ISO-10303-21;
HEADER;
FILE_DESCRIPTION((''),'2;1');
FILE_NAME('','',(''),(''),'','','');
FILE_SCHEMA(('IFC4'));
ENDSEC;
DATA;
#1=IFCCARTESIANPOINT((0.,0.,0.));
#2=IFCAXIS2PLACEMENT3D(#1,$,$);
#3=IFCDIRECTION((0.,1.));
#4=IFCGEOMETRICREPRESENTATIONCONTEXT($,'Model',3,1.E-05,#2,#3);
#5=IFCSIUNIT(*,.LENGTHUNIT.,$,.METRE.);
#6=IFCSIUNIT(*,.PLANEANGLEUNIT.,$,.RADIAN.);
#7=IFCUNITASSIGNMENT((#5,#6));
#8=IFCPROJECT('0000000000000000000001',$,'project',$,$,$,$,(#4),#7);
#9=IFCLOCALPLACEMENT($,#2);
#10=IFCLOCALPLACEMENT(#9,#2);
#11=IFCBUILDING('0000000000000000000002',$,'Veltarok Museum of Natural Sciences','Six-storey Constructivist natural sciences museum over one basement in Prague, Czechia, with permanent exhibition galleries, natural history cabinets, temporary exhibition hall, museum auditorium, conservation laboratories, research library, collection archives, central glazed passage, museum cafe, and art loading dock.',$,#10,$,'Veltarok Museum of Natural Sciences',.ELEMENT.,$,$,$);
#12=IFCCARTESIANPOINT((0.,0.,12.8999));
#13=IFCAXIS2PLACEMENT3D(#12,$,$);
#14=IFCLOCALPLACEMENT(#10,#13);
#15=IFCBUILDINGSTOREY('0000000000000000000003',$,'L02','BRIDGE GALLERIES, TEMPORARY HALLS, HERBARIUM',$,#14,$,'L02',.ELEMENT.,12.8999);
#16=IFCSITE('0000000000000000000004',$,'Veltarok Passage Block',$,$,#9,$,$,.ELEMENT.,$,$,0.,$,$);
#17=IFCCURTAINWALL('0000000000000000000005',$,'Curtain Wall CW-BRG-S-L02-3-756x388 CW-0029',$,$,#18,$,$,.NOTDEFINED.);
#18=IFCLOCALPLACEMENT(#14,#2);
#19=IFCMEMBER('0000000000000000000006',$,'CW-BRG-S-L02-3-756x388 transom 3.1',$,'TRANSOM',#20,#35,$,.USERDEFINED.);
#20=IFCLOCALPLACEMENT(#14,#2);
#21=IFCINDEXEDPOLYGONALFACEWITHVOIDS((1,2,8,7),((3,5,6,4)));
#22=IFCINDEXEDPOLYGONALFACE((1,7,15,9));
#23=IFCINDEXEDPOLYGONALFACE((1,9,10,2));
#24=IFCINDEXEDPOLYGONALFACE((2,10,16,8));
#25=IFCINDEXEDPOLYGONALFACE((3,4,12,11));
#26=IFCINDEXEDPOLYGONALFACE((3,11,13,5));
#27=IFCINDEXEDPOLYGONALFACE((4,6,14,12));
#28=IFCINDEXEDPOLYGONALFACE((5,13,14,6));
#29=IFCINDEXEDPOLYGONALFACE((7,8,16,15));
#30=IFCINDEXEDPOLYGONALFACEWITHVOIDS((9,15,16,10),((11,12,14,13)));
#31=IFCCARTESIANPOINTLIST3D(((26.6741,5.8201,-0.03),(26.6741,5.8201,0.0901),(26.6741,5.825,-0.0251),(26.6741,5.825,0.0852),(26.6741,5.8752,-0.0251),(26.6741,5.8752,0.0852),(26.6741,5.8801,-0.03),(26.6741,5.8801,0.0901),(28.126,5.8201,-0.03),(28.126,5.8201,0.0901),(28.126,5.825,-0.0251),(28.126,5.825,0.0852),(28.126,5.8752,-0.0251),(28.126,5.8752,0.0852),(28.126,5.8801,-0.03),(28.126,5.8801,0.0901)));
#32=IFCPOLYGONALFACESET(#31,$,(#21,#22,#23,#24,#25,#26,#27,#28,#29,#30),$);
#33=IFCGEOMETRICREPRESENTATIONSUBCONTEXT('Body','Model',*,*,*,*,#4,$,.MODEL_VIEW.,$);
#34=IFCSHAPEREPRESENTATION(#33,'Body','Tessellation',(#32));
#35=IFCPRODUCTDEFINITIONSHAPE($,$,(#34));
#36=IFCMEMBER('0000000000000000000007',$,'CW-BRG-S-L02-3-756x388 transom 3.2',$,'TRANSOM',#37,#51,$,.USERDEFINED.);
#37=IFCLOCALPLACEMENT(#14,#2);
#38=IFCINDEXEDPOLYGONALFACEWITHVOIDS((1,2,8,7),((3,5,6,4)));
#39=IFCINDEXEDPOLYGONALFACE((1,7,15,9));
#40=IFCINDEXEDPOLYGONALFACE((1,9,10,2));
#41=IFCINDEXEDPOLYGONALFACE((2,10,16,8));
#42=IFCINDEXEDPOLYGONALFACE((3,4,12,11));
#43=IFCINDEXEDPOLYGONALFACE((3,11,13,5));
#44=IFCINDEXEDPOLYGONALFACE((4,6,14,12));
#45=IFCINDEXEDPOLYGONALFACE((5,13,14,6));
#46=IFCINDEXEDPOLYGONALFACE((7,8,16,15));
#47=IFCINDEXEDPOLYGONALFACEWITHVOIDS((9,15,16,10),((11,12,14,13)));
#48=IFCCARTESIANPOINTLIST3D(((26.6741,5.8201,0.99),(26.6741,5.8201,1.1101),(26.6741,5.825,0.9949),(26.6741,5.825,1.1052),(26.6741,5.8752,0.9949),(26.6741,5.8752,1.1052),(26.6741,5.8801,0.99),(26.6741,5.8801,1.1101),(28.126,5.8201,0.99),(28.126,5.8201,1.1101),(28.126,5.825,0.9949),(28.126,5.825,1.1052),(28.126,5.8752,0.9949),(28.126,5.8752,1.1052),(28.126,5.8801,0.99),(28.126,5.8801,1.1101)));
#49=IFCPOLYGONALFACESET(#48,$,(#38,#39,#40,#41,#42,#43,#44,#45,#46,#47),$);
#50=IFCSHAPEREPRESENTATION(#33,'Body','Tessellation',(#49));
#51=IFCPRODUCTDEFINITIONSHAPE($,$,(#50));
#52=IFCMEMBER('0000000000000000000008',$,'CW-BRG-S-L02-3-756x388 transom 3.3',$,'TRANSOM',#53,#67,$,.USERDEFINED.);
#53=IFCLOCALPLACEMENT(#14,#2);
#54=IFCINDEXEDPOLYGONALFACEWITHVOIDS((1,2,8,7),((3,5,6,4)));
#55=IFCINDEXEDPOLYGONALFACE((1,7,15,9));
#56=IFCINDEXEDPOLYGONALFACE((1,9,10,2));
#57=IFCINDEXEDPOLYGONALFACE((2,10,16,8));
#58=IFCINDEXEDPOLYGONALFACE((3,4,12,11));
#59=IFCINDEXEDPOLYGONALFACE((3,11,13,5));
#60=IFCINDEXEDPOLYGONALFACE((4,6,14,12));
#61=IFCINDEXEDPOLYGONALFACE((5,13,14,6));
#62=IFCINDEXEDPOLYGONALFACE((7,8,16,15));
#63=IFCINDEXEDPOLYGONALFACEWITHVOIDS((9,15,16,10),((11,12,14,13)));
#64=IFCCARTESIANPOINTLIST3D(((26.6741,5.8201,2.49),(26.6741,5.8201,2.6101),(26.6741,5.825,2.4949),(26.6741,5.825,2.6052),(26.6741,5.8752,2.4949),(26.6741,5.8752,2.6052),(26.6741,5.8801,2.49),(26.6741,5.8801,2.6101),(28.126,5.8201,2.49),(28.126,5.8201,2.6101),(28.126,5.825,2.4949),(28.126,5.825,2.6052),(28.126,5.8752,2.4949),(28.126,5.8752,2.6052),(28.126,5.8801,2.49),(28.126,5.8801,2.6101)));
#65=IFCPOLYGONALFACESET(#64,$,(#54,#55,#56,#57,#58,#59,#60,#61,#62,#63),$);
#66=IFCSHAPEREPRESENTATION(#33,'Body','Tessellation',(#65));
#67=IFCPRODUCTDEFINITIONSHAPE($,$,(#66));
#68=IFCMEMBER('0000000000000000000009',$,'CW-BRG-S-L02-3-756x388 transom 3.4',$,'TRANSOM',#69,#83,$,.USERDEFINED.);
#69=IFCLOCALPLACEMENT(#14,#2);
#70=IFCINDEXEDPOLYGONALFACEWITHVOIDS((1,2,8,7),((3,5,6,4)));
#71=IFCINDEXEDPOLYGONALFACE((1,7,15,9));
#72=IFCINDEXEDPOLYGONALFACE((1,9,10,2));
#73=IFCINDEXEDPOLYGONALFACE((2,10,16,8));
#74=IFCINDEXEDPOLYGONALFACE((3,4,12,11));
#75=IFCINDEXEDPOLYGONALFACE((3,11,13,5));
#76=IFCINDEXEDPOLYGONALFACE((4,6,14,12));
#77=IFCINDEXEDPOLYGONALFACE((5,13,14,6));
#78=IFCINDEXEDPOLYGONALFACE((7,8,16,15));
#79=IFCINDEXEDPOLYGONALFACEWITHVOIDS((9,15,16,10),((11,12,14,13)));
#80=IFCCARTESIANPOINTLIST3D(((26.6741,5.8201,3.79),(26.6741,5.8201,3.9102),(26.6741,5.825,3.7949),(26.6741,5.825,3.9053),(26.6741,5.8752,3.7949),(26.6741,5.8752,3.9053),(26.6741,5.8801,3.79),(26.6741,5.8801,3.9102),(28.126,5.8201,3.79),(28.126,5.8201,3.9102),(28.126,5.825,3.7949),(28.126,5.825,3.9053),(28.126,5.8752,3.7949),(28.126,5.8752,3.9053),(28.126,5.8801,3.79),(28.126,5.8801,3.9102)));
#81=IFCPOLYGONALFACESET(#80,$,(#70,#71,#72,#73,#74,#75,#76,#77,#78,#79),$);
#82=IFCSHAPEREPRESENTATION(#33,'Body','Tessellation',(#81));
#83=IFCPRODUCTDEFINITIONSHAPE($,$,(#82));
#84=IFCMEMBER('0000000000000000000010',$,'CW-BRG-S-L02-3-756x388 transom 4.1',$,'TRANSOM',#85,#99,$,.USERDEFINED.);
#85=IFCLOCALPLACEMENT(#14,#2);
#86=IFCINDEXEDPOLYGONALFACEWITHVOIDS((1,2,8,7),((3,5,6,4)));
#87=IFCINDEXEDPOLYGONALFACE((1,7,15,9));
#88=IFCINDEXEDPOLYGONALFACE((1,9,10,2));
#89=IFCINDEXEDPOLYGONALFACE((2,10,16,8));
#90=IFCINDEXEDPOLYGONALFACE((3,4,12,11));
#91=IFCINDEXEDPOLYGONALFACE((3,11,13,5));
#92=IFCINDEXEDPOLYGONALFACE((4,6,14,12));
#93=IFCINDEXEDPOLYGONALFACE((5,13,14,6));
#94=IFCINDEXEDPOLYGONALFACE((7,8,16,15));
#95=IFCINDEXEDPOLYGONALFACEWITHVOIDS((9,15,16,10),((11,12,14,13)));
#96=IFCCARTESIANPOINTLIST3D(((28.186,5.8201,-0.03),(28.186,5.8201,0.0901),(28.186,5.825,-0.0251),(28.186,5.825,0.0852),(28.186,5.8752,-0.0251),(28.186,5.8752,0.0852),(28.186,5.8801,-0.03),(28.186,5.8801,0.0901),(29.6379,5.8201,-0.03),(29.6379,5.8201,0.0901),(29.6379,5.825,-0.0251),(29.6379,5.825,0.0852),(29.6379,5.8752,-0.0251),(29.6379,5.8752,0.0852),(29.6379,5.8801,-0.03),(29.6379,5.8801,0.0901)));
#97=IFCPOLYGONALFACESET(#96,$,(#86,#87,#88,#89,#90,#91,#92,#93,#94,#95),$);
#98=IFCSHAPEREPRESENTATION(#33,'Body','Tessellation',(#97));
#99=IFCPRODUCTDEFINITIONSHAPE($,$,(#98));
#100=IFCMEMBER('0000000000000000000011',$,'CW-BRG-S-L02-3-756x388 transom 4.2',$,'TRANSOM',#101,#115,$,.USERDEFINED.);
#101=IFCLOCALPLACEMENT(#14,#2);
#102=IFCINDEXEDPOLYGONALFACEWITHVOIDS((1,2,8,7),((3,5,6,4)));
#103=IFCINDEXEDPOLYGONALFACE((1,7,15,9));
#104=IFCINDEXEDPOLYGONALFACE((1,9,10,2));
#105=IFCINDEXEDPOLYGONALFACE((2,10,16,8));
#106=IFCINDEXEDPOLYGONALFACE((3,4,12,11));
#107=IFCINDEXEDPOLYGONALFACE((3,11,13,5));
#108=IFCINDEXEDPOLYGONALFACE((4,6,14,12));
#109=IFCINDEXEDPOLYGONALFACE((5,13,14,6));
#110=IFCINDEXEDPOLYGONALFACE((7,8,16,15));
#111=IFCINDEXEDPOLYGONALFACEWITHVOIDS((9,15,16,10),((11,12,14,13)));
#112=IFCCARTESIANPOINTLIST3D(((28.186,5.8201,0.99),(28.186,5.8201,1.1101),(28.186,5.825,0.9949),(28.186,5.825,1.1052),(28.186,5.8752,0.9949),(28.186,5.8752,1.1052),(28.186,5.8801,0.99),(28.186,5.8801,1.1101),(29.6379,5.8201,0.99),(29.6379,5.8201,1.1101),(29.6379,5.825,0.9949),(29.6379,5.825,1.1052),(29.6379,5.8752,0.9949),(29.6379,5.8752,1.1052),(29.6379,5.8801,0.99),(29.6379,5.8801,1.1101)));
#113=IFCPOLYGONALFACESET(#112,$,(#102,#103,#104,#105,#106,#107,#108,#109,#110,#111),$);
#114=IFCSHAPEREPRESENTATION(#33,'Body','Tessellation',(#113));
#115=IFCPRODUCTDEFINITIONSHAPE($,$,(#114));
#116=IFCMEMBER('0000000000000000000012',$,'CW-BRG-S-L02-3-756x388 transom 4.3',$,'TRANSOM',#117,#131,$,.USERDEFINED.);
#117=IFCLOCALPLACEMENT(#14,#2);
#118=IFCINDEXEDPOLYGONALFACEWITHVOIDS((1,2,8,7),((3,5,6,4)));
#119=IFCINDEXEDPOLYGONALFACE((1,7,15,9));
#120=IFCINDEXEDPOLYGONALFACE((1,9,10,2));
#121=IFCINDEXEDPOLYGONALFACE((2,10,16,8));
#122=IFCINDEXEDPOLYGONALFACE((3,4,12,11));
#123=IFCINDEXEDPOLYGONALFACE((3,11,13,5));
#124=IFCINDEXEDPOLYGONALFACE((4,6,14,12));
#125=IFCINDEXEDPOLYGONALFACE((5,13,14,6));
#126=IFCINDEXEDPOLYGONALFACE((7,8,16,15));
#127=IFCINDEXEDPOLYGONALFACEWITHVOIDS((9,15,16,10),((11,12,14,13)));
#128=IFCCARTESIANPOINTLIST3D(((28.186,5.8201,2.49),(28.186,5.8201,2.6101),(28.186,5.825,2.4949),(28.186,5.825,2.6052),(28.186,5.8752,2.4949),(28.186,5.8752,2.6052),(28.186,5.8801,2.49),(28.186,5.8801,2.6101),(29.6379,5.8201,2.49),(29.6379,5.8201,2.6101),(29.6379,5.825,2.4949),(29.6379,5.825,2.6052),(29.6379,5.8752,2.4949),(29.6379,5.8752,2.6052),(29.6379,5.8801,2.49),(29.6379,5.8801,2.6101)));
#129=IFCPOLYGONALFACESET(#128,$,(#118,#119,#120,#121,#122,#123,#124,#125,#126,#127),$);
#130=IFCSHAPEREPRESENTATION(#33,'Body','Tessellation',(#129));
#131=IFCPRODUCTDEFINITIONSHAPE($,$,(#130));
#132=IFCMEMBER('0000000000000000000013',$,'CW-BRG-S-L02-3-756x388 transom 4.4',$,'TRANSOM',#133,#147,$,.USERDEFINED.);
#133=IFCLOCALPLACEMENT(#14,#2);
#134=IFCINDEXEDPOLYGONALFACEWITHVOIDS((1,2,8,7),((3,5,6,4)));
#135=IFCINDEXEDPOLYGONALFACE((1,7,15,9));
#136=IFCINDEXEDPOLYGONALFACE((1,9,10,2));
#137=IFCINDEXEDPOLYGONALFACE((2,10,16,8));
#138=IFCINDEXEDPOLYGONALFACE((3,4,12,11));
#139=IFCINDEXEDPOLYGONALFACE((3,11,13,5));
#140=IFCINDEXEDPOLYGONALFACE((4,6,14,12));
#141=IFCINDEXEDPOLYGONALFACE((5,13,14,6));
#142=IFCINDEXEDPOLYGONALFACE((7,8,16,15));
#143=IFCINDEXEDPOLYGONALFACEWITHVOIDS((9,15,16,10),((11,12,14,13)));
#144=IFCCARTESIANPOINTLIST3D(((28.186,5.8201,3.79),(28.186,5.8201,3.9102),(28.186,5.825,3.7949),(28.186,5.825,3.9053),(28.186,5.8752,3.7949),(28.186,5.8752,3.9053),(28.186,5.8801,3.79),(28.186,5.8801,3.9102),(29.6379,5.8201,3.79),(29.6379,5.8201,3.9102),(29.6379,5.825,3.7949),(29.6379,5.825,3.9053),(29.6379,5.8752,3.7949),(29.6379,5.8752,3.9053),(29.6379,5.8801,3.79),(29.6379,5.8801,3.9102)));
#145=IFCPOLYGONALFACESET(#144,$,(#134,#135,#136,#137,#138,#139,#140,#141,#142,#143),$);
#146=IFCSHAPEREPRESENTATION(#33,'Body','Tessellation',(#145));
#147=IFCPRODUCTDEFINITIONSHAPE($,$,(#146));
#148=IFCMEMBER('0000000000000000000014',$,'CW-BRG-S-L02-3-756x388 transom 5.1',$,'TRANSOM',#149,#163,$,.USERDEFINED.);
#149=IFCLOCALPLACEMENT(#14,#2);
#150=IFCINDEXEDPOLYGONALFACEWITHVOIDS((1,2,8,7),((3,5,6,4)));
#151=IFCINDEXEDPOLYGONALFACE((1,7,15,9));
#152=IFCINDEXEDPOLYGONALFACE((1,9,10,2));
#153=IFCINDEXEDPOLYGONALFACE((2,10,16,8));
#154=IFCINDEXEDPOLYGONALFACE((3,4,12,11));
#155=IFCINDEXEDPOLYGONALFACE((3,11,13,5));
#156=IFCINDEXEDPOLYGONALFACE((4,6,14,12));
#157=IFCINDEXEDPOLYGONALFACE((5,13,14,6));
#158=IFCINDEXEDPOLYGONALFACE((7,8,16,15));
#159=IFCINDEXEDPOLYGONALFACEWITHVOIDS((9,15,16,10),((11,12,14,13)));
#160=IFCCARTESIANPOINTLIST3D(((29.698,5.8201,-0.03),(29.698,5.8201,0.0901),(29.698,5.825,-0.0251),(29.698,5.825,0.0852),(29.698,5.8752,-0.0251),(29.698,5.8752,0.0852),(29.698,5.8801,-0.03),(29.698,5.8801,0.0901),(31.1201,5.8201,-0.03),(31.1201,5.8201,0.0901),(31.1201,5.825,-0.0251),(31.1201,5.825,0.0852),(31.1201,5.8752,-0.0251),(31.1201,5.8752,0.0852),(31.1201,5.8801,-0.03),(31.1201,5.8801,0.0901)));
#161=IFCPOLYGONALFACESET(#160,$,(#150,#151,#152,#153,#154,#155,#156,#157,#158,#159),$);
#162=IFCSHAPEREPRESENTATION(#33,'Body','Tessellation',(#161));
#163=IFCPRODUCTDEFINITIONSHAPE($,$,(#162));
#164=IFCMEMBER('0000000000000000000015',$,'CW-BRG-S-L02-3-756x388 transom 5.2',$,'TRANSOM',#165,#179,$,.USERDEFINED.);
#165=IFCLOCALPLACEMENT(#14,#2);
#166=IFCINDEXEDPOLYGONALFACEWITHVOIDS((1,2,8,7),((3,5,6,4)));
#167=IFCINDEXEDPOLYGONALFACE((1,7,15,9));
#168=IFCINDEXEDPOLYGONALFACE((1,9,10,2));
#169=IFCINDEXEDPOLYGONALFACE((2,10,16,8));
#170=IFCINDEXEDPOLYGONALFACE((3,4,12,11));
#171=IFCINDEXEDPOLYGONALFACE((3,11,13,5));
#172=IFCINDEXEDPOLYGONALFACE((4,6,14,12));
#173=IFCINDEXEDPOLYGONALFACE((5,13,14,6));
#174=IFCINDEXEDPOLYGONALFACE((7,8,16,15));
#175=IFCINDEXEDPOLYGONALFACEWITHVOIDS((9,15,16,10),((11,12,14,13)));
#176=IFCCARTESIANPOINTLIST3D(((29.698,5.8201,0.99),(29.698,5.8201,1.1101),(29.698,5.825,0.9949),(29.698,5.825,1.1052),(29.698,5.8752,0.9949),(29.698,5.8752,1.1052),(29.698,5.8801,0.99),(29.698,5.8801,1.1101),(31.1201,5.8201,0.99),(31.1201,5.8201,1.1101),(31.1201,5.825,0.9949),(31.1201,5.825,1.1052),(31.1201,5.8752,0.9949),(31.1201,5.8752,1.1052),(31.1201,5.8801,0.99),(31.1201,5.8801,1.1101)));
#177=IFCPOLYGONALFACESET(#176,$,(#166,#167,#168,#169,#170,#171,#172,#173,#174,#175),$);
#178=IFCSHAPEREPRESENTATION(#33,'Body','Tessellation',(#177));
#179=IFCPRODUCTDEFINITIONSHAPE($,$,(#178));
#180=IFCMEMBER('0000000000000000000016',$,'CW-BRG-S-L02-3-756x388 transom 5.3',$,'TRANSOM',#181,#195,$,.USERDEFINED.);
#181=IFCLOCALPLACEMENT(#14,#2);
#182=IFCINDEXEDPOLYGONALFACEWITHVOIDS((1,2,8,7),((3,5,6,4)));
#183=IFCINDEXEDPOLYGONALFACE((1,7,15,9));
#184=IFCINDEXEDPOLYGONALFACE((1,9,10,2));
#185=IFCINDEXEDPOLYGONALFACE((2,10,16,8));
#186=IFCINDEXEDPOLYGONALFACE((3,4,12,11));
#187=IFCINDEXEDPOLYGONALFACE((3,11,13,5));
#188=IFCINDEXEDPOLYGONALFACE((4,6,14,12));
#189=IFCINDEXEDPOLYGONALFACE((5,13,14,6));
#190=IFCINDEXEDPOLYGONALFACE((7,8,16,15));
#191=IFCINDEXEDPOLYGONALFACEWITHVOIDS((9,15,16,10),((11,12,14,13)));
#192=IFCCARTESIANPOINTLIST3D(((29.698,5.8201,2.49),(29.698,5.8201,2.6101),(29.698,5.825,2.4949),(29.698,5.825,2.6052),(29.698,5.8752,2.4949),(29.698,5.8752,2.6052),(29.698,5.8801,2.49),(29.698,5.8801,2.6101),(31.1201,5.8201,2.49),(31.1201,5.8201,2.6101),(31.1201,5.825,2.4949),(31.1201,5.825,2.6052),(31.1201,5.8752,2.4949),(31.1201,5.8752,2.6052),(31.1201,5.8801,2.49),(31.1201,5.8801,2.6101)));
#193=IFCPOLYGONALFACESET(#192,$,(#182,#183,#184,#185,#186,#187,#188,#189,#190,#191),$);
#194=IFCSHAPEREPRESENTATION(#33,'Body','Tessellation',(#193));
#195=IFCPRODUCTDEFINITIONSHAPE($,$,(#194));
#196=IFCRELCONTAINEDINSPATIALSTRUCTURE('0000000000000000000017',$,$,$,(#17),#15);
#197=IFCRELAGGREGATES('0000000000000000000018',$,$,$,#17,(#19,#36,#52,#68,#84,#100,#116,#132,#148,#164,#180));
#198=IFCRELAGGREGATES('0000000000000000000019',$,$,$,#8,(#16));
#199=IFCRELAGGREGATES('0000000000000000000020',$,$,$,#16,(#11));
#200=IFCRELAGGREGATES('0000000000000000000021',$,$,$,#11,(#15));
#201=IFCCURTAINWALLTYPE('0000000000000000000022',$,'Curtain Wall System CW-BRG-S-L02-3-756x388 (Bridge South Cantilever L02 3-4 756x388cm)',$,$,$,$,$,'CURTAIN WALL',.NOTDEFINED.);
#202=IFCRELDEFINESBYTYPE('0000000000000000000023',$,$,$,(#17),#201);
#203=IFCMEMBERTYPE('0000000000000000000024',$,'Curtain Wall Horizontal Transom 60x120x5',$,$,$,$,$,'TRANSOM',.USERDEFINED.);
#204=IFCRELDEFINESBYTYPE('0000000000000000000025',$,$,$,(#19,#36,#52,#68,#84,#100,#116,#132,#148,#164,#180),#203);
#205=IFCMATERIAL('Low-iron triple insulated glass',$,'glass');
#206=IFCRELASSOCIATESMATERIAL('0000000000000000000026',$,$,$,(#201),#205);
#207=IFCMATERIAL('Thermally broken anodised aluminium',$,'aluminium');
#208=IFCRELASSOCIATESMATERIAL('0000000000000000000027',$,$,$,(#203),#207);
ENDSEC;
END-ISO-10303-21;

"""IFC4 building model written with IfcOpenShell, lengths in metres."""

from ifc_helpers import new_model, si_unit, direction, frame, origin, origin_2d, place, context, subcontext, project, spatial, hollow_rectangle, extrude, material, material_profile, profile_set, type_object, element, aggregate, save


model = new_model("IFC4")

# Units and contexts
model_context = context("Model", 3, precision=1e-05, world=origin(), true_north=direction((0.0, 1.0)))
body_context = subcontext(model_context, "Body", "Model", "MODEL_VIEW")
ifc_project = project(units=[si_unit("LENGTHUNIT", "METRE"), si_unit("PLANEANGLEUNIT", "RADIAN")], contexts=[model_context])

# Site, building, storey
site_placement = place(None, origin())
site = spatial("IfcSite", under=ifc_project, at=site_placement, Name="Veltarok Passage Block", CompositionType="ELEMENT", RefElevation=0.0)
building_placement = place(site_placement, origin())
building = spatial("IfcBuilding", under=site, at=building_placement, Name="Veltarok Museum of Natural Sciences", Description="Six-storey Constructivist natural sciences museum over one basement in Prague, Czechia, with permanent exhibition galleries, natural history cabinets, temporary exhibition hall, museum auditorium, conservation laboratories, research library, collection archives, central glazed passage, museum cafe, and art loading dock.", LongName="Veltarok Museum of Natural Sciences", CompositionType="ELEMENT")
storey_placement = place(building_placement, frame((0.0, 0.0, 12.8999)))
storey = spatial("IfcBuildingStorey", under=building, at=storey_placement, Name="L02", Description="BRIDGE GALLERIES, TEMPORARY HALLS, HERBARIUM", LongName="L02", CompositionType="ELEMENT", Elevation=12.8999)

# Curtain wall, members
ifc_material_1 = material(Name="Low-iron triple insulated glass", Category="glass")
curtain_wall_type_1 = type_object("IfcCurtainWallType", Name="Curtain Wall System CW-BRG-S-L02-3-756x388 (Bridge South Cantilever L02 3-4 756x388cm)", ElementType="CURTAIN WALL", PredefinedType="NOTDEFINED", material=ifc_material_1)
curtain_wall_1_placement = place(storey_placement, origin())
curtain_wall_1 = element("IfcCurtainWall", 1, at=curtain_wall_1_placement, inside=storey, type_object=curtain_wall_type_1, Name="Curtain Wall CW-BRG-S-L02-3-756x388 CW-0029", PredefinedType="NOTDEFINED")
ifc_material_2 = material(Name="Thermally broken anodised aluminium", Category="aluminium")
ifc_material_profile_1 = material_profile(ifc_material_2, hollow_rectangle(XDim=0.0601, YDim=0.1201, WallThickness=0.0049, at=origin_2d()), Name="CW TRANSOM 60x120x5")
ifc_profile_set_1 = profile_set([ifc_material_profile_1], Name="Thermally broken anodised aluminium")
member_type_1 = type_object("IfcMemberType", Name="Curtain Wall Horizontal Transom 60x120x5", ElementType="TRANSOM", PredefinedType="USERDEFINED", material=ifc_profile_set_1)
member_1_placement = place(storey_placement, frame((26.6741, 5.8501, 0.03), z_axis=(1.0, 0.0, 0.0), x_axis=(0.0, 1.0, 0.0)))
member_1 = element("IfcMember", 2, at=member_1_placement, type_object=member_type_1, Name="CW-BRG-S-L02-3-756x388 transom 3.1", ObjectType="TRANSOM", PredefinedType="USERDEFINED", context=body_context, shape_type="SweptSolid", body=[
    extrude(hollow_rectangle(XDim=0.0601, YDim=0.1201, WallThickness=0.0049, at=origin_2d()), origin(), (0.0, 0.0, 1.0), 1.4519),
])
member_2_placement = place(storey_placement, frame((26.6741, 5.8501, 1.05), z_axis=(1.0, 0.0, 0.0), x_axis=(0.0, 1.0, 0.0)))
member_2 = element("IfcMember", 3, at=member_2_placement, type_object=member_type_1, Name="CW-BRG-S-L02-3-756x388 transom 3.2", ObjectType="TRANSOM", PredefinedType="USERDEFINED", context=body_context, shape_type="SweptSolid", body=[
    extrude(hollow_rectangle(XDim=0.0601, YDim=0.1201, WallThickness=0.0049, at=origin_2d()), origin(), (0.0, 0.0, 1.0), 1.4519),
])
member_3_placement = place(storey_placement, frame((26.6741, 5.8501, 2.55), z_axis=(1.0, 0.0, 0.0), x_axis=(0.0, 1.0, 0.0)))
member_3 = element("IfcMember", 4, at=member_3_placement, type_object=member_type_1, Name="CW-BRG-S-L02-3-756x388 transom 3.3", ObjectType="TRANSOM", PredefinedType="USERDEFINED", context=body_context, shape_type="SweptSolid", body=[
    extrude(hollow_rectangle(XDim=0.0601, YDim=0.1201, WallThickness=0.0049, at=origin_2d()), origin(), (0.0, 0.0, 1.0), 1.4519),
])
member_4_placement = place(storey_placement, frame((26.6741, 5.8501, 3.8501), z_axis=(1.0, 0.0, 0.0), x_axis=(0.0, 1.0, 0.0)))
member_4 = element("IfcMember", 5, at=member_4_placement, type_object=member_type_1, Name="CW-BRG-S-L02-3-756x388 transom 3.4", ObjectType="TRANSOM", PredefinedType="USERDEFINED", context=body_context, shape_type="SweptSolid", body=[
    extrude(hollow_rectangle(XDim=0.0601, YDim=0.1201, WallThickness=0.0049, at=origin_2d()), origin(), (0.0, 0.0, 1.0), 1.4519),
])
member_5_placement = place(storey_placement, frame((28.186, 5.8501, 0.03), z_axis=(1.0, 0.0, 0.0), x_axis=(0.0, 1.0, 0.0)))
member_5 = element("IfcMember", 6, at=member_5_placement, type_object=member_type_1, Name="CW-BRG-S-L02-3-756x388 transom 4.1", ObjectType="TRANSOM", PredefinedType="USERDEFINED", context=body_context, shape_type="SweptSolid", body=[
    extrude(hollow_rectangle(XDim=0.0601, YDim=0.1201, WallThickness=0.0049, at=origin_2d()), origin(), (0.0, 0.0, 1.0), 1.4519),
])
member_6_placement = place(storey_placement, frame((28.186, 5.8501, 1.05), z_axis=(1.0, 0.0, 0.0), x_axis=(0.0, 1.0, 0.0)))
member_6 = element("IfcMember", 7, at=member_6_placement, type_object=member_type_1, Name="CW-BRG-S-L02-3-756x388 transom 4.2", ObjectType="TRANSOM", PredefinedType="USERDEFINED", context=body_context, shape_type="SweptSolid", body=[
    extrude(hollow_rectangle(XDim=0.0601, YDim=0.1201, WallThickness=0.0049, at=origin_2d()), origin(), (0.0, 0.0, 1.0), 1.4519),
])
member_7_placement = place(storey_placement, frame((28.186, 5.8501, 2.55), z_axis=(1.0, 0.0, 0.0), x_axis=(0.0, 1.0, 0.0)))
member_7 = element("IfcMember", 8, at=member_7_placement, type_object=member_type_1, Name="CW-BRG-S-L02-3-756x388 transom 4.3", ObjectType="TRANSOM", PredefinedType="USERDEFINED", context=body_context, shape_type="SweptSolid", body=[
    extrude(hollow_rectangle(XDim=0.0601, YDim=0.1201, WallThickness=0.0049, at=origin_2d()), origin(), (0.0, 0.0, 1.0), 1.4519),
])
member_8_placement = place(storey_placement, frame((28.186, 5.8501, 3.8501), z_axis=(1.0, 0.0, 0.0), x_axis=(0.0, 1.0, 0.0)))
member_8 = element("IfcMember", 9, at=member_8_placement, type_object=member_type_1, Name="CW-BRG-S-L02-3-756x388 transom 4.4", ObjectType="TRANSOM", PredefinedType="USERDEFINED", context=body_context, shape_type="SweptSolid", body=[
    extrude(hollow_rectangle(XDim=0.0601, YDim=0.1201, WallThickness=0.0049, at=origin_2d()), origin(), (0.0, 0.0, 1.0), 1.4519),
])
member_9_placement = place(storey_placement, frame((29.698, 5.8501, 0.03), z_axis=(1.0, 0.0, 0.0), x_axis=(0.0, 1.0, 0.0)))
member_9 = element("IfcMember", 10, at=member_9_placement, type_object=member_type_1, Name="CW-BRG-S-L02-3-756x388 transom 5.1", ObjectType="TRANSOM", PredefinedType="USERDEFINED", context=body_context, shape_type="SweptSolid", body=[
    extrude(hollow_rectangle(XDim=0.0601, YDim=0.1201, WallThickness=0.0049, at=origin_2d()), origin(), (0.0, 0.0, 1.0), 1.4221),
])
member_10_placement = place(storey_placement, frame((29.698, 5.8501, 1.05), z_axis=(1.0, 0.0, 0.0), x_axis=(0.0, 1.0, 0.0)))
member_10 = element("IfcMember", 11, at=member_10_placement, type_object=member_type_1, Name="CW-BRG-S-L02-3-756x388 transom 5.2", ObjectType="TRANSOM", PredefinedType="USERDEFINED", context=body_context, shape_type="SweptSolid", body=[
    extrude(hollow_rectangle(XDim=0.0601, YDim=0.1201, WallThickness=0.0049, at=origin_2d()), origin(), (0.0, 0.0, 1.0), 1.4221),
])
member_11_placement = place(storey_placement, frame((29.698, 5.8501, 2.55), z_axis=(1.0, 0.0, 0.0), x_axis=(0.0, 1.0, 0.0)))
member_11 = element("IfcMember", 12, at=member_11_placement, type_object=member_type_1, Name="CW-BRG-S-L02-3-756x388 transom 5.3", ObjectType="TRANSOM", PredefinedType="USERDEFINED", context=body_context, shape_type="SweptSolid", body=[
    extrude(hollow_rectangle(XDim=0.0601, YDim=0.1201, WallThickness=0.0049, at=origin_2d()), origin(), (0.0, 0.0, 1.0), 1.4221),
])

aggregate(curtain_wall_1, [member_1, member_2, member_3, member_4, member_5, member_6, member_7, member_8, member_9, member_10, member_11])

save(model, "model.ifc")
